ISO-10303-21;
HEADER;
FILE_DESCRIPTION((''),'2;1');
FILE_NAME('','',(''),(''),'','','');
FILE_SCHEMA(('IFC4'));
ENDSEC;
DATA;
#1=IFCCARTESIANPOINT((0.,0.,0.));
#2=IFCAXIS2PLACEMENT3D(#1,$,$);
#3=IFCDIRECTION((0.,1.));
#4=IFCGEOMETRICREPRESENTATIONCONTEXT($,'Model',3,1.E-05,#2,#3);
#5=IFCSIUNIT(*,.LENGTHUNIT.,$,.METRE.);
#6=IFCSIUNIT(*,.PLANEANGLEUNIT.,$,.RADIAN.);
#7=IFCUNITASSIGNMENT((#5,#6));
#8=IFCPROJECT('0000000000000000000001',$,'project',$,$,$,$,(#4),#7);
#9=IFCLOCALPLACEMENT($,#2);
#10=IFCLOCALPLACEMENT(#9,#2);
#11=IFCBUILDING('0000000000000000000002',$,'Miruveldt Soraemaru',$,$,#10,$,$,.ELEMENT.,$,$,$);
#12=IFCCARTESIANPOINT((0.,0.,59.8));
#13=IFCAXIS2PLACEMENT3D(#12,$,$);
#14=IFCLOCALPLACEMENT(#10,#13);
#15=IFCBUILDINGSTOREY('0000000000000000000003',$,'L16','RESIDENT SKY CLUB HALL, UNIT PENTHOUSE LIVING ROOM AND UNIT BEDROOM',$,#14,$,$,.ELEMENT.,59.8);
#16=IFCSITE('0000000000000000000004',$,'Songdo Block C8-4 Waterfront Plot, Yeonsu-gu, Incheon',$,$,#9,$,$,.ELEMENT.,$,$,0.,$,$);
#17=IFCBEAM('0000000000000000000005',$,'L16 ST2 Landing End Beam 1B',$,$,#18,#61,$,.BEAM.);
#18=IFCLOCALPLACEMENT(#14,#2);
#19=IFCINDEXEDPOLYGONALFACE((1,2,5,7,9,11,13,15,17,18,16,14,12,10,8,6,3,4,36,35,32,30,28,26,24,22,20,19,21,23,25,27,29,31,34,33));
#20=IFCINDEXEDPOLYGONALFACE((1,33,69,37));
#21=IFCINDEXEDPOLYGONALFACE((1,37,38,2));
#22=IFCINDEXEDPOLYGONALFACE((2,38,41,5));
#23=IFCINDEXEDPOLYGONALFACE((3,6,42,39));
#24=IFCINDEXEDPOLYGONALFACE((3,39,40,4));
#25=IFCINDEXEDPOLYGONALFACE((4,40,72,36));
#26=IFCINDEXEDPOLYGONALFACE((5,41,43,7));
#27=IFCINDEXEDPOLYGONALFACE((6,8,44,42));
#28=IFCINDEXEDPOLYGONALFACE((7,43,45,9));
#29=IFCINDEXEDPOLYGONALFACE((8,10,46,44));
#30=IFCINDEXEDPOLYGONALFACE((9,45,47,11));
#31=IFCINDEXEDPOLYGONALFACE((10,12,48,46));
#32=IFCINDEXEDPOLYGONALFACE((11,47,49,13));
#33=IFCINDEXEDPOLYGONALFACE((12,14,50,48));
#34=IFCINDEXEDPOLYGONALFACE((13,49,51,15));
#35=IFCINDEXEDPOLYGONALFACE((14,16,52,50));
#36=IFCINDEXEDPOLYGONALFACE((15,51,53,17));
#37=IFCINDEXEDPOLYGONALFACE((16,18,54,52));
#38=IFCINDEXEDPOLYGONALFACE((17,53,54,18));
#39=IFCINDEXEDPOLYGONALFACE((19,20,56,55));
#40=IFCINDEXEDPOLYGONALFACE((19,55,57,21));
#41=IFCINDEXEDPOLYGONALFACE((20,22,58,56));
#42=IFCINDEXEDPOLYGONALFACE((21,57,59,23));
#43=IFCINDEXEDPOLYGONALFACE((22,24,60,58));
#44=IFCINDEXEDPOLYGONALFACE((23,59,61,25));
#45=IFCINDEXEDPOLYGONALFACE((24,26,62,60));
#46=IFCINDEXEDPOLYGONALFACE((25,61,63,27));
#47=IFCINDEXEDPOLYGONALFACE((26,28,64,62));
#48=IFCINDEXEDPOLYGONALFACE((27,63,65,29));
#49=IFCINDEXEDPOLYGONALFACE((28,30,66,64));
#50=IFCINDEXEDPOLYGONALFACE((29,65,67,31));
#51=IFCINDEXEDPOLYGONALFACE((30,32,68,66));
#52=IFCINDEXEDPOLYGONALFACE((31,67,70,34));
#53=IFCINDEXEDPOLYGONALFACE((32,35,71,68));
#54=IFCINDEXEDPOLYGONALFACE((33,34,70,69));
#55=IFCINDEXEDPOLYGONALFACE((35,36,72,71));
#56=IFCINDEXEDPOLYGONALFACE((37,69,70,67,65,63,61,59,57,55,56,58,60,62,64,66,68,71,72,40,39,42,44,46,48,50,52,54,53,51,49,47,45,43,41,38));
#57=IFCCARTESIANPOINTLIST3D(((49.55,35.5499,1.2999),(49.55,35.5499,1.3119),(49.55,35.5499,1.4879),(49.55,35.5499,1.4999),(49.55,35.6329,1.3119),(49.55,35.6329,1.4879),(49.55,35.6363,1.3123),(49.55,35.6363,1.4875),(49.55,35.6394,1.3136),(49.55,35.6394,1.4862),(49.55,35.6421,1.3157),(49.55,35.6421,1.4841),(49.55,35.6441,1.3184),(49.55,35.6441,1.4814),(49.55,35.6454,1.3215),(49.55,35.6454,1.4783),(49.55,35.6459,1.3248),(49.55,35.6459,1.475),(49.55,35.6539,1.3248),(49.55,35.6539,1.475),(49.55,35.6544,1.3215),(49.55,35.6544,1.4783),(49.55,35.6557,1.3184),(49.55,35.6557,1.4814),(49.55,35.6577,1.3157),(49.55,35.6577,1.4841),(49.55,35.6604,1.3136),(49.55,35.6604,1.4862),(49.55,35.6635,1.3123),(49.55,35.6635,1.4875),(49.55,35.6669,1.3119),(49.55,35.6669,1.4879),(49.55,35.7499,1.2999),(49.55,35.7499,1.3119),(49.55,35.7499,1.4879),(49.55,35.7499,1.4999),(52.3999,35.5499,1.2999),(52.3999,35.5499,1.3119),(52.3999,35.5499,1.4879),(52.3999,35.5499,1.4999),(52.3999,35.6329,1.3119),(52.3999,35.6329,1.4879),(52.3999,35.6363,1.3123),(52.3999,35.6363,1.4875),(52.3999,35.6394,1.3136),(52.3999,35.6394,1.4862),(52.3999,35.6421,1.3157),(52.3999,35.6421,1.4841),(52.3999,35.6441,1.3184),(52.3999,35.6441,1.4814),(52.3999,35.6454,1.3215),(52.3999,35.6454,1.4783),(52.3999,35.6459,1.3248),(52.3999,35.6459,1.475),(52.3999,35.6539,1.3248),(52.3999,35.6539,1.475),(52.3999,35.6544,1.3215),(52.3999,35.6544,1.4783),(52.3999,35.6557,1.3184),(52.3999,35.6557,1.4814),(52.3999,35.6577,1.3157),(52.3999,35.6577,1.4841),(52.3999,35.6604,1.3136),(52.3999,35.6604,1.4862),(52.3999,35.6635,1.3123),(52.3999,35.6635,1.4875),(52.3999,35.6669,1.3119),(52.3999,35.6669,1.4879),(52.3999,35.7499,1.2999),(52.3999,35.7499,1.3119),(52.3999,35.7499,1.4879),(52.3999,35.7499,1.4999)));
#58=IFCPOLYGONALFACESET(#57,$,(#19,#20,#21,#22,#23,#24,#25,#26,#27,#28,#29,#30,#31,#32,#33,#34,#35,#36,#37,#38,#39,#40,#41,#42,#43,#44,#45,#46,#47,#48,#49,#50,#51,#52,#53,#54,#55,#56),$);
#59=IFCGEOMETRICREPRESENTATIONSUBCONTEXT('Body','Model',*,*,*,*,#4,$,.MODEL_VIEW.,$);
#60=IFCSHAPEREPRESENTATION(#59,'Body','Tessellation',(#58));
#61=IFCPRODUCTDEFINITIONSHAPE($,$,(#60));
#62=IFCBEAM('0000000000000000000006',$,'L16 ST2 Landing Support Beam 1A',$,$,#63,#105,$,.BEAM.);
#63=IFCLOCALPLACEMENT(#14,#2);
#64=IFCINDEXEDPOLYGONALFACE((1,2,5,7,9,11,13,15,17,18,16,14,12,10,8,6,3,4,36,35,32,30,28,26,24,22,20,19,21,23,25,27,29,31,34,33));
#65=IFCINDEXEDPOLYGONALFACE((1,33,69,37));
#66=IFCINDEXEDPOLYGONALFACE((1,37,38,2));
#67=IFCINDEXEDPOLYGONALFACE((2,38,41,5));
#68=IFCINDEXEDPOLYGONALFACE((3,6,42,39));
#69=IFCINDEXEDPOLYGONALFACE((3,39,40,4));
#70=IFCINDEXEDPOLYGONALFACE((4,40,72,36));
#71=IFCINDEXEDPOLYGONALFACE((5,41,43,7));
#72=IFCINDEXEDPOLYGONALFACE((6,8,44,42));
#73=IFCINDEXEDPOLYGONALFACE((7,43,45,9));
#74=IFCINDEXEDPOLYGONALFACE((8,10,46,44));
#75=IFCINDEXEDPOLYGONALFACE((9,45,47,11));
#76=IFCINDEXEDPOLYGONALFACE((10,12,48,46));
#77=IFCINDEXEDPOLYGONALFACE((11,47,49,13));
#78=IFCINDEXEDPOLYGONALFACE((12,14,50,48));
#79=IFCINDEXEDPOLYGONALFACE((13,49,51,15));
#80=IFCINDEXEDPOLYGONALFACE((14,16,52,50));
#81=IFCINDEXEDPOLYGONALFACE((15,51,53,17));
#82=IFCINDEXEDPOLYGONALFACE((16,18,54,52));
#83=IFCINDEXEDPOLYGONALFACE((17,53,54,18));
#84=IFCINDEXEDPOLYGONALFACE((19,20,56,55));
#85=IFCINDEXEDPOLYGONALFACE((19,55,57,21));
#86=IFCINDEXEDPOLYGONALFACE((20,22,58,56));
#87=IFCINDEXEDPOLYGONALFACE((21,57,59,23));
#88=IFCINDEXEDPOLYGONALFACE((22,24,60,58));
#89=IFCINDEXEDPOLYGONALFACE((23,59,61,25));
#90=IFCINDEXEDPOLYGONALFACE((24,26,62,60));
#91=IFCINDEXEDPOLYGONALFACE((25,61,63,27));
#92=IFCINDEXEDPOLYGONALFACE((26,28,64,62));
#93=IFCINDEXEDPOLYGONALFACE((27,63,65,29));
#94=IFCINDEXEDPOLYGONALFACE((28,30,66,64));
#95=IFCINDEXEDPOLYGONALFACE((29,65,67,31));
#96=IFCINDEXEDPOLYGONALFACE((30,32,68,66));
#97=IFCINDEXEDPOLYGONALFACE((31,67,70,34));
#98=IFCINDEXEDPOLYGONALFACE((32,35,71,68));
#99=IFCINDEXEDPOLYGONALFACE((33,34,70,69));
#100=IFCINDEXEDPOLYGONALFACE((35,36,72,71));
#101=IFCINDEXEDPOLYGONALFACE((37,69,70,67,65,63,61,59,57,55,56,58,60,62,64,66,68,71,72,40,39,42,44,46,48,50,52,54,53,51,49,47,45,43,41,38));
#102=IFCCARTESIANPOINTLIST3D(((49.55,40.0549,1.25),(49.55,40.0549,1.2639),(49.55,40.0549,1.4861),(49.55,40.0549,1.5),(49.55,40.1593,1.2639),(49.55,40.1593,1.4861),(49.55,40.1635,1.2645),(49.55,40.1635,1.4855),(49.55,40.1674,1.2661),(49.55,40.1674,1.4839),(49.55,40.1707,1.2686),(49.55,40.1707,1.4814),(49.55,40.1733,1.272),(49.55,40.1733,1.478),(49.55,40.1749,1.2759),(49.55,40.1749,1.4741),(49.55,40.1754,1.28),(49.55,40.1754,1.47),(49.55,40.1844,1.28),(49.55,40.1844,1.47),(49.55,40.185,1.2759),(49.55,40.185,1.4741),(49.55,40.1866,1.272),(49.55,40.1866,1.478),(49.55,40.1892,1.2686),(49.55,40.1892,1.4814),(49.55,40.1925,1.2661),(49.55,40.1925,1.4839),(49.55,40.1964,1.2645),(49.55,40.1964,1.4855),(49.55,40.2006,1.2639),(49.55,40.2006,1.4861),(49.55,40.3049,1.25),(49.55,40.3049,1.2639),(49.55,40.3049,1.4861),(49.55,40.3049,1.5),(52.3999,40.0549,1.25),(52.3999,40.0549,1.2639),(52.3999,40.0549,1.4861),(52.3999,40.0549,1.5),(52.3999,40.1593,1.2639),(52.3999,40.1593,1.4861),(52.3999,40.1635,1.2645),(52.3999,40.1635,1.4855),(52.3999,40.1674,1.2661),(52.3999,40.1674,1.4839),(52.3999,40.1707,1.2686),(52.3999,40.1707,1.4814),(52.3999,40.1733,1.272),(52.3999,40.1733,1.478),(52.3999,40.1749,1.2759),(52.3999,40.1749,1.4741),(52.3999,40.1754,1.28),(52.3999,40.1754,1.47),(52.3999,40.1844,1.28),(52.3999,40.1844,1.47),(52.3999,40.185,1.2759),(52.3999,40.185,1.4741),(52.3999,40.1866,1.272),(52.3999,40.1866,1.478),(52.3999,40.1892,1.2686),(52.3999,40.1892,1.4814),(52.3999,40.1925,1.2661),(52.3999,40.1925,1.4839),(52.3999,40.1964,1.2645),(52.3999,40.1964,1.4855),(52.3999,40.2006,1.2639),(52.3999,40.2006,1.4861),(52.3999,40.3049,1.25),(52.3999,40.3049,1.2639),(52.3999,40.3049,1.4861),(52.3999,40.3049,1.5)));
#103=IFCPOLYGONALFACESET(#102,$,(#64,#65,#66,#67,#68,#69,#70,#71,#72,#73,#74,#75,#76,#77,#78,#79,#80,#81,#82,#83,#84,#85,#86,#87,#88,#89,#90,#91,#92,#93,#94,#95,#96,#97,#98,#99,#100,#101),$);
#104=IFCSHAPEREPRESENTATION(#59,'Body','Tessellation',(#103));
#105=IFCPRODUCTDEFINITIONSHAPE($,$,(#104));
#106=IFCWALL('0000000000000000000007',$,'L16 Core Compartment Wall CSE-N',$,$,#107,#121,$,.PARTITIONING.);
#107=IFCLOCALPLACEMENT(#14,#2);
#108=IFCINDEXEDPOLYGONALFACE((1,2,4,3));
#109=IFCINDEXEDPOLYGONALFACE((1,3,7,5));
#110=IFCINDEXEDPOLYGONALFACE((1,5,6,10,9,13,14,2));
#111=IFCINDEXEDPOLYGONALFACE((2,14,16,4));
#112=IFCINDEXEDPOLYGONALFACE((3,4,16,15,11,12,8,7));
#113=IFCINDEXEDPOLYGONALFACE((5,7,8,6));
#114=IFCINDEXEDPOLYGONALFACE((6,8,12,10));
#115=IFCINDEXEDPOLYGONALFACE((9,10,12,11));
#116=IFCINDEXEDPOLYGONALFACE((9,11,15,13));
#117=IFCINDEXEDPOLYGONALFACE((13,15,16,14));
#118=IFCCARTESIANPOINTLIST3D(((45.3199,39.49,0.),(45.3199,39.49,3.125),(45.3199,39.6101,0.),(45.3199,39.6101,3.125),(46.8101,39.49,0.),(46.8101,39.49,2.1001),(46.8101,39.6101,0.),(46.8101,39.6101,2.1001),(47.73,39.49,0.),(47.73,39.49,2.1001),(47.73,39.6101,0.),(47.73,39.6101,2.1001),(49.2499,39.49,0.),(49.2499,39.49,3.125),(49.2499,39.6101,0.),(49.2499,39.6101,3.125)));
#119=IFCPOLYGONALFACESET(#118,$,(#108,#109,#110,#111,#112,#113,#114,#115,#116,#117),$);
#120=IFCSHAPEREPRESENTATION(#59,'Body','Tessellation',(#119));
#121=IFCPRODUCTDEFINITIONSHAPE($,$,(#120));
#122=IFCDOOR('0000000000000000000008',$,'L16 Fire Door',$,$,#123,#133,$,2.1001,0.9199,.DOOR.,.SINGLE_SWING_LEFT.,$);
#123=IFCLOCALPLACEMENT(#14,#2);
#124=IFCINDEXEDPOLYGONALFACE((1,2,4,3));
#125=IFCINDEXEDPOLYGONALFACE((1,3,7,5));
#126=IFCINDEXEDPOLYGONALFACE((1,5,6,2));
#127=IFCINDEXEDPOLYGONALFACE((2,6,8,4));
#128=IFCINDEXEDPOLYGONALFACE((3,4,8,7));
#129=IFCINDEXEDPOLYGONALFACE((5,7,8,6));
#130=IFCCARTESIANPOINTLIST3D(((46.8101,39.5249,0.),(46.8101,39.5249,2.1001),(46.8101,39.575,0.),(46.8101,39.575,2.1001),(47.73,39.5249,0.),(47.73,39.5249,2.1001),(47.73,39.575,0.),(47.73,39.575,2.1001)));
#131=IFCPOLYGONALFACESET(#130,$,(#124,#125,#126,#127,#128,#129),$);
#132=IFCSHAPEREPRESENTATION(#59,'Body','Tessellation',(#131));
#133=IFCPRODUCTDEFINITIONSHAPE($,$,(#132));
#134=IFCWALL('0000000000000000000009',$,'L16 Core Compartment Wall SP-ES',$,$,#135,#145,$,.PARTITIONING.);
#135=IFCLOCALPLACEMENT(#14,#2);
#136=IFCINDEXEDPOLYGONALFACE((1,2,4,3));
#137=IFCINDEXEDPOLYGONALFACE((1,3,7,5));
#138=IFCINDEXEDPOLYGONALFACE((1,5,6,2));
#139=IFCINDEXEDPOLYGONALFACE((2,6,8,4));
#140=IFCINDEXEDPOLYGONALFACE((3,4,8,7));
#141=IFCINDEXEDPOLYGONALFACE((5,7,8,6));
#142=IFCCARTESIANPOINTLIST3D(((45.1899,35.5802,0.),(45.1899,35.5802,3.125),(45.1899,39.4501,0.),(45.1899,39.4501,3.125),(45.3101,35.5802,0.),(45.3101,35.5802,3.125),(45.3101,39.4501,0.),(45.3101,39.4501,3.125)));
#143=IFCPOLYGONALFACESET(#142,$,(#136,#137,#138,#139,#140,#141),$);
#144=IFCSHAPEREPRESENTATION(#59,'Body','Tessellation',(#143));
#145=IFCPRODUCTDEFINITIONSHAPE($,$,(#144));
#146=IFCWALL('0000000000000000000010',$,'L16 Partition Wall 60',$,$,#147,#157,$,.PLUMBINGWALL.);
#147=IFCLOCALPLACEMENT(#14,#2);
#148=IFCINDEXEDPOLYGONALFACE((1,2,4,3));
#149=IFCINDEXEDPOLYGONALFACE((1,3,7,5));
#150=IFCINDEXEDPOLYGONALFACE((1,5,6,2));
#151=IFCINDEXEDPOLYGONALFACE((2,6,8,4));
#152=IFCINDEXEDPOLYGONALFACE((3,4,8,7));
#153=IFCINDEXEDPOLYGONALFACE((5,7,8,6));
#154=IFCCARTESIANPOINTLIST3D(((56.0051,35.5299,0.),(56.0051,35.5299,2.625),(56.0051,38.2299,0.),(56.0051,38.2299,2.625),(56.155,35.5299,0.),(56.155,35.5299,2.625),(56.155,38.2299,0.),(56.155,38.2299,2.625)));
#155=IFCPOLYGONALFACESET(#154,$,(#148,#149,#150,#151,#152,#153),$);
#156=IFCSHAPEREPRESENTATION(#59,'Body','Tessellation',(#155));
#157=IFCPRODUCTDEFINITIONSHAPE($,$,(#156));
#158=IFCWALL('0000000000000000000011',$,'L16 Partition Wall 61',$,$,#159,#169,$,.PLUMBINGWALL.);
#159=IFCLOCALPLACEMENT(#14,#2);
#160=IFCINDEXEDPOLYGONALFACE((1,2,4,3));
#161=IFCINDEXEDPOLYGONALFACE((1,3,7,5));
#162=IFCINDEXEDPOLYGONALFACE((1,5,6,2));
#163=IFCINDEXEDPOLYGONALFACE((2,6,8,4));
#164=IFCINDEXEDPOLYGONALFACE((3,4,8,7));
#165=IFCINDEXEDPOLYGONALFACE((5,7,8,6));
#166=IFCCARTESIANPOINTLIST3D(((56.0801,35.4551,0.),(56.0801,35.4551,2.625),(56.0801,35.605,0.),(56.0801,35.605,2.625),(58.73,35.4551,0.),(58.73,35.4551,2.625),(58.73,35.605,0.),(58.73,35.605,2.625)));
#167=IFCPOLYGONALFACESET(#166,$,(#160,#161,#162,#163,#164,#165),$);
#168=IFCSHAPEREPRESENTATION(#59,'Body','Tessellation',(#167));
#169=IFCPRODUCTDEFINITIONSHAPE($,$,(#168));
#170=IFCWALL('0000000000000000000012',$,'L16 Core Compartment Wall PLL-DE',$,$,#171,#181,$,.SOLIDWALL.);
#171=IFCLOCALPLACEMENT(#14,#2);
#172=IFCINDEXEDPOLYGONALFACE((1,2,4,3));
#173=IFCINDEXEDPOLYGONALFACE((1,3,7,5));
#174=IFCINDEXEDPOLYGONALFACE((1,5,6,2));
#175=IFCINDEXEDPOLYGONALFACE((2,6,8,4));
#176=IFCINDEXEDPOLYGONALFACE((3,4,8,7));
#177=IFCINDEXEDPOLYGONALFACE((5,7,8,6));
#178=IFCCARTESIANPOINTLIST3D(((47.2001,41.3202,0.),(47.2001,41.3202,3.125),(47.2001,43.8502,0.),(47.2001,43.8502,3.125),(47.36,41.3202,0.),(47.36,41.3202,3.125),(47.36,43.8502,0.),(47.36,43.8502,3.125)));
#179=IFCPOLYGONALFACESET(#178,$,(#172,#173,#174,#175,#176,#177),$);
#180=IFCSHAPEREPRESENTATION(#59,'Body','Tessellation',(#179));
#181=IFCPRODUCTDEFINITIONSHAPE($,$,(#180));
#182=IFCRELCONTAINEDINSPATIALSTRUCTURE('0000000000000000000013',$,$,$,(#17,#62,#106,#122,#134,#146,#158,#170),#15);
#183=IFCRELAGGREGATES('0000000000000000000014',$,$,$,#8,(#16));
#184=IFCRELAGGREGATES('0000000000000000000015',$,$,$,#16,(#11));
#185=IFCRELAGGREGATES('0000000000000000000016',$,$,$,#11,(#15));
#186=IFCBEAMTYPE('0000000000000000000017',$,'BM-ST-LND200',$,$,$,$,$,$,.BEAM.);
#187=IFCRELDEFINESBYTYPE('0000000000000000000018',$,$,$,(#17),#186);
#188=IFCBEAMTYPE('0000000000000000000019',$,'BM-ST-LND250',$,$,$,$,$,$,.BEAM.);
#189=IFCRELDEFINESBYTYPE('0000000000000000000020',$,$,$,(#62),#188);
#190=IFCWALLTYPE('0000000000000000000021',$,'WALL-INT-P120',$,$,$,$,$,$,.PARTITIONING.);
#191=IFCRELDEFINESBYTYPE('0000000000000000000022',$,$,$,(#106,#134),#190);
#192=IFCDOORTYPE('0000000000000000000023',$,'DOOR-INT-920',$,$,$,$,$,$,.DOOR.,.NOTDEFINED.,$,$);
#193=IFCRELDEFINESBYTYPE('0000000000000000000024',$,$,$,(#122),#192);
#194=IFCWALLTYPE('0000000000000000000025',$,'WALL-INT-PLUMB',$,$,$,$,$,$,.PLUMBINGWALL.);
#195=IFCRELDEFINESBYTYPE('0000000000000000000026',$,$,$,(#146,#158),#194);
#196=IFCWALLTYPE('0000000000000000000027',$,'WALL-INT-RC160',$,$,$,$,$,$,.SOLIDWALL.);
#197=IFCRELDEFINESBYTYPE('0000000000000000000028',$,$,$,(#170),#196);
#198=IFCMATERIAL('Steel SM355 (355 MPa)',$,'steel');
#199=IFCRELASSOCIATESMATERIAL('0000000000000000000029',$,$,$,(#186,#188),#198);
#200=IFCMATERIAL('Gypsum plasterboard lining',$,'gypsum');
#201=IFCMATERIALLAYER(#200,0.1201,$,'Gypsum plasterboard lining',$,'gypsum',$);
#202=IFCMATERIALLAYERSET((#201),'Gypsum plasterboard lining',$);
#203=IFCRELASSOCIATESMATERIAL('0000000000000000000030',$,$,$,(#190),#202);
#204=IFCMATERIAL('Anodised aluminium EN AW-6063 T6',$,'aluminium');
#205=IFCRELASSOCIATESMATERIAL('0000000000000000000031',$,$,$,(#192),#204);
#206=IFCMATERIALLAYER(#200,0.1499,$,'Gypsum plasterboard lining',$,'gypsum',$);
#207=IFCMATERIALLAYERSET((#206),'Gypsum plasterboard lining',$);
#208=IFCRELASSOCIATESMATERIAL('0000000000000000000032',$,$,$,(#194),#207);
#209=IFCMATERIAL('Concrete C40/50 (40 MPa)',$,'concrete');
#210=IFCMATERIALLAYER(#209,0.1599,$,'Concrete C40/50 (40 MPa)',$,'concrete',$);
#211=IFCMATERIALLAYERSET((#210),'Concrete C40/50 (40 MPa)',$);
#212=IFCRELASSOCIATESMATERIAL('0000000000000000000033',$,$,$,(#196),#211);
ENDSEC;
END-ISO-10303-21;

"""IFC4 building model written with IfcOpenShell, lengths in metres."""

from ifc_helpers import new_model, si_unit, direction, frame, frame_2d, origin, origin_2d, place, context, subcontext, project, spatial, rectangle, i_section, extrude, material, layer, layer_set, material_profile, profile_set, type_object, element, fill, save


model = new_model("IFC4")

# Units and contexts
model_context = context("Model", 3, precision=1e-05, world=origin(), true_north=direction((0.0, 1.0)))
body_context = subcontext(model_context, "Body", "Model", "MODEL_VIEW")
ifc_project = project(units=[si_unit("LENGTHUNIT", "METRE"), si_unit("PLANEANGLEUNIT", "RADIAN")], contexts=[model_context])

# Site, building, storey
site_placement = place(None, origin())
site = spatial("IfcSite", under=ifc_project, at=site_placement, Name="Songdo Block C8-4 Waterfront Plot, Yeonsu-gu, Incheon", CompositionType="ELEMENT", RefElevation=0.0)
building_placement = place(site_placement, origin())
building = spatial("IfcBuilding", under=site, at=building_placement, Name="Miruveldt Soraemaru", CompositionType="ELEMENT")
storey_placement = place(building_placement, frame((0.0, 0.0, 59.8)))
storey = spatial("IfcBuildingStorey", under=building, at=storey_placement, Name="L16", Description="RESIDENT SKY CLUB HALL, UNIT PENTHOUSE LIVING ROOM AND UNIT BEDROOM", CompositionType="ELEMENT", Elevation=59.8)

# Beams
ifc_material_1 = material(Name="Steel SM355 (355 MPa)", Category="steel")
ifc_material_profile_1 = material_profile(ifc_material_1, i_section(OverallWidth=0.2, OverallDepth=0.2, WebThickness=0.0081, FlangeThickness=0.012, FilletRadius=0.0129, at=origin_2d()), Name="Steel SM355 (355 MPa)", Category="steel")
ifc_profile_set_1 = profile_set([ifc_material_profile_1], Name="Steel SM355 (355 MPa)")
beam_type_1 = type_object("IfcBeamType", Name="BM-ST-LND200", PredefinedType="BEAM", material=ifc_profile_set_1)
beam_1_placement = place(storey_placement, frame((49.55, 35.6499, 1.3999), z_axis=(1.0, 0.0, 0.0), x_axis=(0.0, 1.0, 0.0)))
element("IfcBeam", 1, at=beam_1_placement, inside=storey, type_object=beam_type_1, Name="L16 ST2 Landing End Beam 1B", PredefinedType="BEAM", context=body_context, shape_type="SweptSolid", body=[
    extrude(i_section(OverallWidth=0.2, OverallDepth=0.2, WebThickness=0.0081, FlangeThickness=0.012, FilletRadius=0.0129, at=origin_2d()), origin(), (0.0, 0.0, 1.0), 2.8499),
])
ifc_material_profile_2 = material_profile(ifc_material_1, i_section(OverallWidth=0.25, OverallDepth=0.25, WebThickness=0.009, FlangeThickness=0.0139, FilletRadius=0.0161, at=origin_2d()), Name="Steel SM355 (355 MPa)", Category="steel")
ifc_profile_set_2 = profile_set([ifc_material_profile_2], Name="Steel SM355 (355 MPa)")
beam_type_2 = type_object("IfcBeamType", Name="BM-ST-LND250", PredefinedType="BEAM", material=ifc_profile_set_2)
beam_2_placement = place(storey_placement, frame((49.55, 40.1799, 1.375), z_axis=(1.0, 0.0, 0.0), x_axis=(0.0, 1.0, 0.0)))
element("IfcBeam", 2, at=beam_2_placement, inside=storey, type_object=beam_type_2, Name="L16 ST2 Landing Support Beam 1A", PredefinedType="BEAM", context=body_context, shape_type="SweptSolid", body=[
    extrude(i_section(OverallWidth=0.25, OverallDepth=0.25, WebThickness=0.009, FlangeThickness=0.0139, FilletRadius=0.0161, at=origin_2d()), origin(), (0.0, 0.0, 1.0), 2.8499),
])

# Wall, opening, door
ifc_material_2 = material(Name="Gypsum plasterboard lining", Category="gypsum")
ifc_layer_1 = layer(ifc_material_2, 0.1201, Name="Gypsum plasterboard lining", Category="gypsum")
ifc_layer_set_1 = layer_set([ifc_layer_1], Name="Gypsum plasterboard lining")
wall_type_1 = type_object("IfcWallType", Name="WALL-INT-P120", PredefinedType="PARTITIONING", material=ifc_layer_set_1)
wall_1_placement = place(storey_placement, frame((45.3201, 39.55, 0.0), z_axis=(0.0, 0.0, 1.0), x_axis=(1.0, 0.0, 0.0)))
wall_1 = element("IfcWall", 3, at=wall_1_placement, inside=storey, type_object=wall_type_1, Name="L16 Core Compartment Wall CSE-N", PredefinedType="PARTITIONING", context=body_context, shape_type="SweptSolid", body=[
    extrude(rectangle(XDim=3.9299, YDim=0.1201, at=frame_2d((1.9648, 0.0))), origin(), (0.0, 0.0, 1.0), 3.125),
])
opening_1_placement = place(wall_1_placement, frame((1.49, 0.0, 0.0)))
opening_1 = element("IfcOpeningElement", 4, at=opening_1_placement, cuts=wall_1, PredefinedType="OPENING", context=body_context, shape_type="SweptSolid", body=[
    extrude(rectangle(XDim=0.9199, YDim=2.1001, at=frame_2d((0.46, 1.05))), frame((0.0, 0.0701, 0.0), z_axis=(0.0, -1.0, 0.0), x_axis=(1.0, 0.0, 0.0)), (0.0, 0.0, 1.0), 0.1401),
])
ifc_material_3 = material(Name="Anodised aluminium EN AW-6063 T6", Category="aluminium")
door_type_1 = type_object("IfcDoorType", Name="DOOR-INT-920", OperationType="NOTDEFINED", PredefinedType="DOOR", material=ifc_material_3)
door_1_placement = place(opening_1_placement, origin())
door_1 = element("IfcDoor", 5, at=door_1_placement, inside=storey, type_object=door_type_1, Name="L16 Fire Door", OperationType="SINGLE_SWING_LEFT", OverallHeight=2.1001, OverallWidth=0.9199, PredefinedType="DOOR", context=body_context, shape_type="SweptSolid", body=[
    extrude(rectangle(XDim=0.9199, YDim=2.1001, at=frame_2d((0.46, 1.05))), frame((0.0, 0.0249, 0.0), z_axis=(0.0, -1.0, 0.0), x_axis=(1.0, 0.0, 0.0)), (0.0, 0.0, 1.0), 0.05),
])
fill(opening_1, door_1)

# Walls
wall_2_placement = place(storey_placement, frame((45.25, 35.5801, 0.0), z_axis=(0.0, 0.0, 1.0), x_axis=(0.0, 1.0, 0.0)))
element("IfcWall", 6, at=wall_2_placement, inside=storey, type_object=wall_type_1, Name="L16 Core Compartment Wall SP-ES", PredefinedType="PARTITIONING", context=body_context, shape_type="SweptSolid", body=[
    extrude(rectangle(XDim=3.8699, YDim=0.1201, at=frame_2d((1.9351, 0.0))), origin(), (0.0, 0.0, 1.0), 3.125),
])
ifc_layer_2 = layer(ifc_material_2, 0.1499, Name="Gypsum plasterboard lining", Category="gypsum")
ifc_layer_set_2 = layer_set([ifc_layer_2], Name="Gypsum plasterboard lining")
wall_type_2 = type_object("IfcWallType", Name="WALL-INT-PLUMB", PredefinedType="PLUMBINGWALL", material=ifc_layer_set_2)
wall_3_placement = place(storey_placement, frame((56.0801, 38.23, 0.0), z_axis=(0.0, 0.0, 1.0), x_axis=(0.0, -1.0, 0.0)))
element("IfcWall", 7, at=wall_3_placement, inside=storey, type_object=wall_type_2, Name="L16 Partition Wall 60", PredefinedType="PLUMBINGWALL", context=body_context, shape_type="SweptSolid", body=[
    extrude(rectangle(XDim=2.7, YDim=0.1499, at=frame_2d((1.3501, 0.0))), origin(), (0.0, 0.0, 1.0), 2.625),
])
wall_4_placement = place(storey_placement, frame((56.0801, 35.53, 0.0), z_axis=(0.0, 0.0, 1.0), x_axis=(1.0, 0.0, 0.0)))
element("IfcWall", 8, at=wall_4_placement, inside=storey, type_object=wall_type_2, Name="L16 Partition Wall 61", PredefinedType="PLUMBINGWALL", context=body_context, shape_type="SweptSolid", body=[
    extrude(rectangle(XDim=2.6499, YDim=0.1499, at=frame_2d((1.325, 0.0))), origin(), (0.0, 0.0, 1.0), 2.625),
])
ifc_material_4 = material(Name="Concrete C40/50 (40 MPa)", Category="concrete")
ifc_layer_3 = layer(ifc_material_4, 0.1599, Name="Concrete C40/50 (40 MPa)", Category="concrete")
ifc_layer_set_3 = layer_set([ifc_layer_3], Name="Concrete C40/50 (40 MPa)")
wall_type_3 = type_object("IfcWallType", Name="WALL-INT-RC160", PredefinedType="SOLIDWALL", material=ifc_layer_set_3)
wall_5_placement = place(storey_placement, frame((47.28, 41.3201, 0.0), z_axis=(0.0, 0.0, 1.0), x_axis=(0.0, 1.0, 0.0)))
element("IfcWall", 9, at=wall_5_placement, inside=storey, type_object=wall_type_3, Name="L16 Core Compartment Wall PLL-DE", PredefinedType="SOLIDWALL", context=body_context, shape_type="SweptSolid", body=[
    extrude(rectangle(XDim=2.53, YDim=0.1599, at=frame_2d((1.2651, 0.0))), origin(), (0.0, 0.0, 1.0), 3.125),
])

save(model, "model.ifc")
